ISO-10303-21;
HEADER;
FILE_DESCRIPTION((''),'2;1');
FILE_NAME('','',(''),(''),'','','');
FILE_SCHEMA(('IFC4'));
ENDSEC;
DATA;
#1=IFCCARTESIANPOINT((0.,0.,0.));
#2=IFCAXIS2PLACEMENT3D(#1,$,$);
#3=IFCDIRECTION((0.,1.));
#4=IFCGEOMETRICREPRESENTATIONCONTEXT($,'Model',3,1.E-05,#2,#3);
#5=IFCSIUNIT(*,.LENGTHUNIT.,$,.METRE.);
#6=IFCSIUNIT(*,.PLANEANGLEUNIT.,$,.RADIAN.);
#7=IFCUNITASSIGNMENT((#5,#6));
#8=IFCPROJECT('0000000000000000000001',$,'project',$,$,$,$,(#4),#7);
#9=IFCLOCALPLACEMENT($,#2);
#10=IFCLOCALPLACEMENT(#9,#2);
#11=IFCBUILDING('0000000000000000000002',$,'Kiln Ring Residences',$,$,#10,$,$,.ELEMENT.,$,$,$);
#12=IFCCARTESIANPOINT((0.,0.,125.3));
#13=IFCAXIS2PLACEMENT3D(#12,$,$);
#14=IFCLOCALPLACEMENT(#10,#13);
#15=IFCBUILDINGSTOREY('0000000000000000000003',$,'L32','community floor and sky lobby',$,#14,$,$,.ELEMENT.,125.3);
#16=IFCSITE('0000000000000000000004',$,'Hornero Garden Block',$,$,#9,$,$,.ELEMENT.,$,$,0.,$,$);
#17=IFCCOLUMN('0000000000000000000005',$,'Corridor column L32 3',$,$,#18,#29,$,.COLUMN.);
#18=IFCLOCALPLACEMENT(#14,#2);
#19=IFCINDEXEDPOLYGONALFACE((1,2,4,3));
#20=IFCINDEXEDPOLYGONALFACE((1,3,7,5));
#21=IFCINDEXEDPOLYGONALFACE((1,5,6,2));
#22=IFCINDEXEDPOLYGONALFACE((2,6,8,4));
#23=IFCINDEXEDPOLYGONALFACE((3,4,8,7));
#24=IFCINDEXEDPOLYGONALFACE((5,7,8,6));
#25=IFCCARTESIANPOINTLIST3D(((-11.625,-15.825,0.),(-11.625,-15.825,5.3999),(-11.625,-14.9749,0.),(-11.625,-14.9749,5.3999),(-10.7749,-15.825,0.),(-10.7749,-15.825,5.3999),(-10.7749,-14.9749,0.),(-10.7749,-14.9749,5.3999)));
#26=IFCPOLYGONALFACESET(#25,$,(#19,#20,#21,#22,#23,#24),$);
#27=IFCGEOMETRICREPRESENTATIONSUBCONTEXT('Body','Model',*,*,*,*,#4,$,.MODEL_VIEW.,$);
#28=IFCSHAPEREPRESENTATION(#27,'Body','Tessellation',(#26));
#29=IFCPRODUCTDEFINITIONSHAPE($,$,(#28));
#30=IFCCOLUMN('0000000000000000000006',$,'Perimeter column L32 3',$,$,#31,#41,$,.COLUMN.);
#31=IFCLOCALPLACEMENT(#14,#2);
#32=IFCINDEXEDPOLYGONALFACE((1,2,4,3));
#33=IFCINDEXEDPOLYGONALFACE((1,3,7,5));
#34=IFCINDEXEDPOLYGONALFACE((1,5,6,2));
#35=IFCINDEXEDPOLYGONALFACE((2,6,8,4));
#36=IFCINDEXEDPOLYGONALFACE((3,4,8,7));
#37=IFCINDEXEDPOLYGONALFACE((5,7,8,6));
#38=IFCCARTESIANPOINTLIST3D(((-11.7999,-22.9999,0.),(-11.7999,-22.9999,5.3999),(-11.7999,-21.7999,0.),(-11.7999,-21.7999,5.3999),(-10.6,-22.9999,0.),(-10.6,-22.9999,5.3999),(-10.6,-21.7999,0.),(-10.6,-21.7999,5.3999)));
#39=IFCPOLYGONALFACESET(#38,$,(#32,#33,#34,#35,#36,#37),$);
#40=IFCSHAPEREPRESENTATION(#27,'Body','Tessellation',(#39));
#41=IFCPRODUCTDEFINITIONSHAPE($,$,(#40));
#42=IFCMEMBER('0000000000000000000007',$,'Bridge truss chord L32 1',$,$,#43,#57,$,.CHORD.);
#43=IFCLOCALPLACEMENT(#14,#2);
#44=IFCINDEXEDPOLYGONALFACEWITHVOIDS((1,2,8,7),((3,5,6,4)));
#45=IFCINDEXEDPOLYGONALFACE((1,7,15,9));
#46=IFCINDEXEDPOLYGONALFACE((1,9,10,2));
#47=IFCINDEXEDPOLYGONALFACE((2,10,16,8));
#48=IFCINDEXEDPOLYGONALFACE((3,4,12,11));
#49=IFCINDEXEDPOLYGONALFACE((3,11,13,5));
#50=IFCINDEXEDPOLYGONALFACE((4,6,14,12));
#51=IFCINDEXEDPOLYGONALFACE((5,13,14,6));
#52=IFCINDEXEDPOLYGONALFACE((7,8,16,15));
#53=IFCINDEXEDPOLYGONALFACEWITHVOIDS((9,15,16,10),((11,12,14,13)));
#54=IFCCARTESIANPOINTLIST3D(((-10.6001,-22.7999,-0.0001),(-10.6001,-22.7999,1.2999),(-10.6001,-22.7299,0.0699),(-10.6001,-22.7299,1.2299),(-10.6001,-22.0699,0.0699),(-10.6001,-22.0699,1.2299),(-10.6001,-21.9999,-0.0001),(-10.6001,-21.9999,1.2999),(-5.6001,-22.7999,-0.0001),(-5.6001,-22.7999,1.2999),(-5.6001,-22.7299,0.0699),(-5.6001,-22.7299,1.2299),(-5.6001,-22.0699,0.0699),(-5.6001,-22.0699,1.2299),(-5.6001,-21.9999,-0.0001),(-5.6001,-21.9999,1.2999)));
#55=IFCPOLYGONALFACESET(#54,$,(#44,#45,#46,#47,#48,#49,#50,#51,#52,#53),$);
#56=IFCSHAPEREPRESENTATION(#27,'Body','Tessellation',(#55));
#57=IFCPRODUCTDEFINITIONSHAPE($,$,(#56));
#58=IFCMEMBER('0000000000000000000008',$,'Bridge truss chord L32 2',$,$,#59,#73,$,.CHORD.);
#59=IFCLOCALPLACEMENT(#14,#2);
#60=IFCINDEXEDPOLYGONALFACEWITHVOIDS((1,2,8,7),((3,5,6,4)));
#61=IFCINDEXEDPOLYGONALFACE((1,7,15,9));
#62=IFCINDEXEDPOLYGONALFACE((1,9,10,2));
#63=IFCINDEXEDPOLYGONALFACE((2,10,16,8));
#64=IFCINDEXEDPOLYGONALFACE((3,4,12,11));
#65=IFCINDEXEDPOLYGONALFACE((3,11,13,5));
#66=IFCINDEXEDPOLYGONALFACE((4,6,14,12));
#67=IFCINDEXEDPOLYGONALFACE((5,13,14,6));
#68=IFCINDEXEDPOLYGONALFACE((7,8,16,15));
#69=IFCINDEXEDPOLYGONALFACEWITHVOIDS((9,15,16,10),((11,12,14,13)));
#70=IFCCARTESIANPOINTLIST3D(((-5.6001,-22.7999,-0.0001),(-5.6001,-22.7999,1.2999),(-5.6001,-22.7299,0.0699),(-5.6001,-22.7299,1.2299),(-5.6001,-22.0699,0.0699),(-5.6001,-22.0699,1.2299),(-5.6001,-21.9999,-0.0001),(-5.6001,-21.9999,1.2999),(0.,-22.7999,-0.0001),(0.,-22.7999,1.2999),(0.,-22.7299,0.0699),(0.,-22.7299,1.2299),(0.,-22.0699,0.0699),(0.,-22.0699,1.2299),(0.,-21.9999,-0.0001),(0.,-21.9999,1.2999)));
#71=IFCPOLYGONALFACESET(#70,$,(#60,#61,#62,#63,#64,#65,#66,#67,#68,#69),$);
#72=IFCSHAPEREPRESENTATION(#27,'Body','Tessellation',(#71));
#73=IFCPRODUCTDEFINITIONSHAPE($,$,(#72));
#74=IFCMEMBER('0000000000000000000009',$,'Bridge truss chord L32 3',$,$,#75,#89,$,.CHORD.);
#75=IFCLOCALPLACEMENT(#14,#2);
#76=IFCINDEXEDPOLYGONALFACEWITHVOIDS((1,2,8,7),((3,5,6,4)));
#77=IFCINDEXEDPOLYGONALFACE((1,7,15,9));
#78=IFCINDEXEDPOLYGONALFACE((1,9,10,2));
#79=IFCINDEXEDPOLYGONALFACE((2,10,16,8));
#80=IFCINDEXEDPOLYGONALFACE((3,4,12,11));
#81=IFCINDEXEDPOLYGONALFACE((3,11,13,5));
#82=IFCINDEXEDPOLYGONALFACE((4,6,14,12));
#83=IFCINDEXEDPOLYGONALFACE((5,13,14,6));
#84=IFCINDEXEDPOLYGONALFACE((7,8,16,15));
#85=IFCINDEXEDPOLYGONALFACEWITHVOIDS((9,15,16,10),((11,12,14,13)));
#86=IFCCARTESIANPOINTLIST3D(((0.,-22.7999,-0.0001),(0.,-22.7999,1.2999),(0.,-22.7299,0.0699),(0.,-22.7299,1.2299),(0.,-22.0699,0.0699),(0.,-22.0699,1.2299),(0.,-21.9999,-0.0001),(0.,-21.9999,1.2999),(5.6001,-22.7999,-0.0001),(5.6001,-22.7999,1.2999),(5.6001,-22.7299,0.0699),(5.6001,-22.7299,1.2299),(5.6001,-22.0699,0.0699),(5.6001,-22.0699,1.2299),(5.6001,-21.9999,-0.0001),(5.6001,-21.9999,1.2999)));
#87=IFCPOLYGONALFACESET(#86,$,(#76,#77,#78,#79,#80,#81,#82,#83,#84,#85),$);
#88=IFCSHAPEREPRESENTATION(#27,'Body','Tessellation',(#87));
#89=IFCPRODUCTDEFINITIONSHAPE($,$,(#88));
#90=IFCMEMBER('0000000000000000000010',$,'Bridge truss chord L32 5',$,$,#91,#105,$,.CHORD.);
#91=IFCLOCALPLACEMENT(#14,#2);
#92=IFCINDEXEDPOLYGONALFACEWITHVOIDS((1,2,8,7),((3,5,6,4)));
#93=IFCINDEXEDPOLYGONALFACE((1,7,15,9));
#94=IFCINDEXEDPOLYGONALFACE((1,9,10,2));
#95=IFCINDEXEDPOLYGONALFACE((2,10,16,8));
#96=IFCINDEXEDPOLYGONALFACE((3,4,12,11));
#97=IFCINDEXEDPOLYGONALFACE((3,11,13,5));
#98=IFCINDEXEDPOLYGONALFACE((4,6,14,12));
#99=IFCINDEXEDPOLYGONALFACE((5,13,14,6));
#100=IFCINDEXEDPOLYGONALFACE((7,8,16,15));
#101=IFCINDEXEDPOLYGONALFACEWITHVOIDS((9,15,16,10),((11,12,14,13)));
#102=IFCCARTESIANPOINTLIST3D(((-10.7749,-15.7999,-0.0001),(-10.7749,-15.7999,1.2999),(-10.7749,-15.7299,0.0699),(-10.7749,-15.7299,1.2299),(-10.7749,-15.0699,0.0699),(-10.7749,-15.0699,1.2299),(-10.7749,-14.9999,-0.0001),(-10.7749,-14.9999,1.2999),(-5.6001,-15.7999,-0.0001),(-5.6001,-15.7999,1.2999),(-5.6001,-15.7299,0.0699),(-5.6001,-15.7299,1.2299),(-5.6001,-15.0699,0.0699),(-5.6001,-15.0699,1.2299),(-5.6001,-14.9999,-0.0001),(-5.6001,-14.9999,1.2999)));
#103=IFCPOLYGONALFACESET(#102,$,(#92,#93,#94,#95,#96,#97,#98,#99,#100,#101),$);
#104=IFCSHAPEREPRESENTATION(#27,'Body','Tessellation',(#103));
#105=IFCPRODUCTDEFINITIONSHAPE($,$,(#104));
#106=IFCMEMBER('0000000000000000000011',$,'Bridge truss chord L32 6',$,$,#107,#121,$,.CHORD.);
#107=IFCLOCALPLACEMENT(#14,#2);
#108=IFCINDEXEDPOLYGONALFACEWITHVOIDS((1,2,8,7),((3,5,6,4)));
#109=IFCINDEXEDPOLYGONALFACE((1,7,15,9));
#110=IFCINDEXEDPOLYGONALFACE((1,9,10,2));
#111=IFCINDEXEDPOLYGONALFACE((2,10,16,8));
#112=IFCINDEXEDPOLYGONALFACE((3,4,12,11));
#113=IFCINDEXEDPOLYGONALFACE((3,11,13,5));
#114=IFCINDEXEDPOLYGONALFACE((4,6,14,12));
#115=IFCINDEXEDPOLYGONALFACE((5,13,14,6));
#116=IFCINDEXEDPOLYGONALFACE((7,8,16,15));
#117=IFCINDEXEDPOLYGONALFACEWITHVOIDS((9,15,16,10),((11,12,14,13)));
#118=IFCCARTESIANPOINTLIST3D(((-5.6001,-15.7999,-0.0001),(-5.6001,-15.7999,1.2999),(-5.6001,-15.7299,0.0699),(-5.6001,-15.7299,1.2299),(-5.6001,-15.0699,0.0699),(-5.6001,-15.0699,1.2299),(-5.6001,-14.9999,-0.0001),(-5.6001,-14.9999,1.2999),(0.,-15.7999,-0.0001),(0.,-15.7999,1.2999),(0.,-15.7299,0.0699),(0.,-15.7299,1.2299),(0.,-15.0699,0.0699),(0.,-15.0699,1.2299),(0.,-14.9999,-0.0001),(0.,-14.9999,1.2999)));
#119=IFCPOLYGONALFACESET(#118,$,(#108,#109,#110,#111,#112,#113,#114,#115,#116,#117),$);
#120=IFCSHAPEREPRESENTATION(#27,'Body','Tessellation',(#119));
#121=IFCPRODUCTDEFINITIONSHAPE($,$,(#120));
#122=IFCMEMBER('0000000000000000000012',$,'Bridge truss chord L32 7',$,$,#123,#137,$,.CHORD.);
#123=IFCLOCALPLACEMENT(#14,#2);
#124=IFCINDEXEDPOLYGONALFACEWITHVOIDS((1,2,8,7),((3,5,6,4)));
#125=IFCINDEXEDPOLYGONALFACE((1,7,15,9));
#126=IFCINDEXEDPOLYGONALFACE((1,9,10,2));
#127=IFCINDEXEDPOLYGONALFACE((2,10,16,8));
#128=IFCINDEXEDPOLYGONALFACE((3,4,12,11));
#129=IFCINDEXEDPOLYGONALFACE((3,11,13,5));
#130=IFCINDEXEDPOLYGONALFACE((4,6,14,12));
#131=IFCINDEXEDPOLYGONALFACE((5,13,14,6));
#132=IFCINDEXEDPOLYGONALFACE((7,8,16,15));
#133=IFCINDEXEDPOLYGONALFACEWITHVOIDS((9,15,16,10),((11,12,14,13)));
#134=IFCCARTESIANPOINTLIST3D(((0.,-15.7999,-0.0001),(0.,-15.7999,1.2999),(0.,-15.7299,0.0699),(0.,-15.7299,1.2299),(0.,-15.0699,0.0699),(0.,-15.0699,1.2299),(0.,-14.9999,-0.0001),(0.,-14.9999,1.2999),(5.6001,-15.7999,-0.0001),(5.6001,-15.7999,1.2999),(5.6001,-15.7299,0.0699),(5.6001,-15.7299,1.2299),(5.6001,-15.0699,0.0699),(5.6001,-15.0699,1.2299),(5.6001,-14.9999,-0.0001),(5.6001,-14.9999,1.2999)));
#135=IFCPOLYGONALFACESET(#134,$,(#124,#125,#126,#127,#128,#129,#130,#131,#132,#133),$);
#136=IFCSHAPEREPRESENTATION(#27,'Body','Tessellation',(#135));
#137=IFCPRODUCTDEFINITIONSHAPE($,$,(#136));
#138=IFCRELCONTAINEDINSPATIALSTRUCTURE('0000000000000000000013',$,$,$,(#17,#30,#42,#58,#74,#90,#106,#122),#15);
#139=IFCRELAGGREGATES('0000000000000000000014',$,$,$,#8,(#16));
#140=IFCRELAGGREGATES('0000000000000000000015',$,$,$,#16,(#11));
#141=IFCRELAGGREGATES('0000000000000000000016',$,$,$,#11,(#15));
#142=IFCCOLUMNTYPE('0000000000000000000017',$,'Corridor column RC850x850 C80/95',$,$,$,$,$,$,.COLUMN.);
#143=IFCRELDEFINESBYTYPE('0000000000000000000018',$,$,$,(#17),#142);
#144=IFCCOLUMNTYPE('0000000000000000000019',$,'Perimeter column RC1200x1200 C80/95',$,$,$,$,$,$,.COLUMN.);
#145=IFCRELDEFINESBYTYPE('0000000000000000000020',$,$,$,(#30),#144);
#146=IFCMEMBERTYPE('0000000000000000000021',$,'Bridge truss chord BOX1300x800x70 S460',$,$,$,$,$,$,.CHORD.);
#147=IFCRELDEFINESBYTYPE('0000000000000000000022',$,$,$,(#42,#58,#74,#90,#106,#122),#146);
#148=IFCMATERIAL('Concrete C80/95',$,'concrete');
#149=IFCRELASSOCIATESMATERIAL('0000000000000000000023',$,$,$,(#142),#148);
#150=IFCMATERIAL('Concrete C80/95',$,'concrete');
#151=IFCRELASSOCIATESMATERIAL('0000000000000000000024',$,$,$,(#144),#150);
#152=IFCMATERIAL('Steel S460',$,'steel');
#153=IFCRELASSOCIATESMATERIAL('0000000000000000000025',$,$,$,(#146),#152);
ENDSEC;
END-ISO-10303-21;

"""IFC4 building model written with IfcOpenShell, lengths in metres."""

from ifc_helpers import new_model, si_unit, direction, frame, origin, origin_2d, place, context, subcontext, project, spatial, rectangle, hollow_rectangle, extrude, material, material_profile, profile_set, type_object, element, save


model = new_model("IFC4")

# Units and contexts
model_context = context("Model", 3, precision=1e-05, world=origin(), true_north=direction((0.0, 1.0)))
body_context = subcontext(model_context, "Body", "Model", "MODEL_VIEW")
ifc_project = project(units=[si_unit("LENGTHUNIT", "METRE"), si_unit("PLANEANGLEUNIT", "RADIAN")], contexts=[model_context])

# Site, building, storey
site_placement = place(None, origin())
site = spatial("IfcSite", under=ifc_project, at=site_placement, Name="Hornero Garden Block", CompositionType="ELEMENT", RefElevation=0.0)
building_placement = place(site_placement, origin())
building = spatial("IfcBuilding", under=site, at=building_placement, Name="Kiln Ring Residences", CompositionType="ELEMENT")
storey_placement = place(building_placement, frame((0.0, 0.0, 125.3)))
storey = spatial("IfcBuildingStorey", under=building, at=storey_placement, Name="L32", Description="community floor and sky lobby", CompositionType="ELEMENT", Elevation=125.3)

# Columns
ifc_material_1 = material(Name="Concrete C80/95", Category="concrete")
ifc_material_profile_1 = material_profile(ifc_material_1, rectangle(XDim=0.8501, YDim=0.8501, at=origin_2d()), Name="RC850x850")
ifc_profile_set_1 = profile_set([ifc_material_profile_1], Name="Concrete C80/95")
column_type_1 = type_object("IfcColumnType", Name="Corridor column RC850x850 C80/95", PredefinedType="COLUMN", material=ifc_profile_set_1)
column_1_placement = place(storey_placement, frame((-11.2, -15.3999, 0.0), z_axis=(0.0, 0.0, 1.0), x_axis=(1.0, 0.0, 0.0)))
element("IfcColumn", 1, at=column_1_placement, inside=storey, type_object=column_type_1, Name="Corridor column L32 3", PredefinedType="COLUMN", context=body_context, shape_type="SweptSolid", body=[
    extrude(rectangle(XDim=0.8501, YDim=0.8501, at=origin_2d()), origin(), (0.0, 0.0, 1.0), 5.3999),
])
ifc_material_2 = material(Name="Concrete C80/95", Category="concrete")
ifc_material_profile_2 = material_profile(ifc_material_2, rectangle(XDim=1.2, YDim=1.2, at=origin_2d()), Name="RC1200x1200")
ifc_profile_set_2 = profile_set([ifc_material_profile_2], Name="Concrete C80/95")
column_type_2 = type_object("IfcColumnType", Name="Perimeter column RC1200x1200 C80/95", PredefinedType="COLUMN", material=ifc_profile_set_2)
column_2_placement = place(storey_placement, frame((-11.2, -22.3999, 0.0), z_axis=(0.0, 0.0, 1.0), x_axis=(1.0, 0.0, 0.0)))
element("IfcColumn", 2, at=column_2_placement, inside=storey, type_object=column_type_2, Name="Perimeter column L32 3", PredefinedType="COLUMN", context=body_context, shape_type="SweptSolid", body=[
    extrude(rectangle(XDim=1.2, YDim=1.2, at=origin_2d()), origin(), (0.0, 0.0, 1.0), 5.3999),
])

# Members
ifc_material_3 = material(Name="Steel S460", Category="steel")
ifc_material_profile_3 = material_profile(ifc_material_3, hollow_rectangle(XDim=0.8, YDim=1.3, WallThickness=0.0701, at=origin_2d()), Name="BOX1300x800x70")
ifc_profile_set_3 = profile_set([ifc_material_profile_3], Name="Steel S460")
member_type_1 = type_object("IfcMemberType", Name="Bridge truss chord BOX1300x800x70 S460", PredefinedType="CHORD", material=ifc_profile_set_3)
member_1_placement = place(storey_placement, frame((-10.6001, -22.3999, 0.6499), z_axis=(1.0, 0.0, 0.0), x_axis=(0.0, 1.0, 0.0)))
element("IfcMember", 3, at=member_1_placement, inside=storey, type_object=member_type_1, Name="Bridge truss chord L32 1", PredefinedType="CHORD", context=body_context, shape_type="SweptSolid", body=[
    extrude(hollow_rectangle(XDim=0.8, YDim=1.3, WallThickness=0.0701, at=origin_2d()), origin(), (0.0, 0.0, 1.0), 5.0),
])
for number, where, z_axis, x_axis, name in (
    (4, (-5.6001, -22.3999, 0.6499), (1.0, 0.0, 0.0), (0.0, 1.0, 0.0), "Bridge truss chord L32 2"),
    (5, (0.0, -22.3999, 0.6499), (1.0, 0.0, 0.0), (0.0, 1.0, 0.0), "Bridge truss chord L32 3"),
):
    element("IfcMember", number, at=place(storey_placement, frame(where, z_axis=z_axis, x_axis=x_axis)), inside=storey, type_object=member_type_1, Name=name, PredefinedType="CHORD", context=body_context, shape_type="SweptSolid", body=[
        extrude(hollow_rectangle(XDim=0.8, YDim=1.3, WallThickness=0.0701, at=origin_2d()), origin(), (0.0, 0.0, 1.0), 5.6001),
    ])
member_2_placement = place(storey_placement, frame((-10.7749, -15.3999, 0.6499), z_axis=(1.0, 0.0, 0.0), x_axis=(0.0, 1.0, 0.0)))
element("IfcMember", 6, at=member_2_placement, inside=storey, type_object=member_type_1, Name="Bridge truss chord L32 5", PredefinedType="CHORD", context=body_context, shape_type="SweptSolid", body=[
    extrude(hollow_rectangle(XDim=0.8, YDim=1.3, WallThickness=0.0701, at=origin_2d()), origin(), (0.0, 0.0, 1.0), 5.1748),
])
for number, where, z_axis, x_axis, name in (
    (7, (-5.6001, -15.3999, 0.6499), (1.0, 0.0, 0.0), (0.0, 1.0, 0.0), "Bridge truss chord L32 6"),
    (8, (0.0, -15.3999, 0.6499), (1.0, 0.0, 0.0), (0.0, 1.0, 0.0), "Bridge truss chord L32 7"),
):
    element("IfcMember", number, at=place(storey_placement, frame(where, z_axis=z_axis, x_axis=x_axis)), inside=storey, type_object=member_type_1, Name=name, PredefinedType="CHORD", context=body_context, shape_type="SweptSolid", body=[
        extrude(hollow_rectangle(XDim=0.8, YDim=1.3, WallThickness=0.0701, at=origin_2d()), origin(), (0.0, 0.0, 1.0), 5.6001),
    ])

save(model, "model.ifc")
